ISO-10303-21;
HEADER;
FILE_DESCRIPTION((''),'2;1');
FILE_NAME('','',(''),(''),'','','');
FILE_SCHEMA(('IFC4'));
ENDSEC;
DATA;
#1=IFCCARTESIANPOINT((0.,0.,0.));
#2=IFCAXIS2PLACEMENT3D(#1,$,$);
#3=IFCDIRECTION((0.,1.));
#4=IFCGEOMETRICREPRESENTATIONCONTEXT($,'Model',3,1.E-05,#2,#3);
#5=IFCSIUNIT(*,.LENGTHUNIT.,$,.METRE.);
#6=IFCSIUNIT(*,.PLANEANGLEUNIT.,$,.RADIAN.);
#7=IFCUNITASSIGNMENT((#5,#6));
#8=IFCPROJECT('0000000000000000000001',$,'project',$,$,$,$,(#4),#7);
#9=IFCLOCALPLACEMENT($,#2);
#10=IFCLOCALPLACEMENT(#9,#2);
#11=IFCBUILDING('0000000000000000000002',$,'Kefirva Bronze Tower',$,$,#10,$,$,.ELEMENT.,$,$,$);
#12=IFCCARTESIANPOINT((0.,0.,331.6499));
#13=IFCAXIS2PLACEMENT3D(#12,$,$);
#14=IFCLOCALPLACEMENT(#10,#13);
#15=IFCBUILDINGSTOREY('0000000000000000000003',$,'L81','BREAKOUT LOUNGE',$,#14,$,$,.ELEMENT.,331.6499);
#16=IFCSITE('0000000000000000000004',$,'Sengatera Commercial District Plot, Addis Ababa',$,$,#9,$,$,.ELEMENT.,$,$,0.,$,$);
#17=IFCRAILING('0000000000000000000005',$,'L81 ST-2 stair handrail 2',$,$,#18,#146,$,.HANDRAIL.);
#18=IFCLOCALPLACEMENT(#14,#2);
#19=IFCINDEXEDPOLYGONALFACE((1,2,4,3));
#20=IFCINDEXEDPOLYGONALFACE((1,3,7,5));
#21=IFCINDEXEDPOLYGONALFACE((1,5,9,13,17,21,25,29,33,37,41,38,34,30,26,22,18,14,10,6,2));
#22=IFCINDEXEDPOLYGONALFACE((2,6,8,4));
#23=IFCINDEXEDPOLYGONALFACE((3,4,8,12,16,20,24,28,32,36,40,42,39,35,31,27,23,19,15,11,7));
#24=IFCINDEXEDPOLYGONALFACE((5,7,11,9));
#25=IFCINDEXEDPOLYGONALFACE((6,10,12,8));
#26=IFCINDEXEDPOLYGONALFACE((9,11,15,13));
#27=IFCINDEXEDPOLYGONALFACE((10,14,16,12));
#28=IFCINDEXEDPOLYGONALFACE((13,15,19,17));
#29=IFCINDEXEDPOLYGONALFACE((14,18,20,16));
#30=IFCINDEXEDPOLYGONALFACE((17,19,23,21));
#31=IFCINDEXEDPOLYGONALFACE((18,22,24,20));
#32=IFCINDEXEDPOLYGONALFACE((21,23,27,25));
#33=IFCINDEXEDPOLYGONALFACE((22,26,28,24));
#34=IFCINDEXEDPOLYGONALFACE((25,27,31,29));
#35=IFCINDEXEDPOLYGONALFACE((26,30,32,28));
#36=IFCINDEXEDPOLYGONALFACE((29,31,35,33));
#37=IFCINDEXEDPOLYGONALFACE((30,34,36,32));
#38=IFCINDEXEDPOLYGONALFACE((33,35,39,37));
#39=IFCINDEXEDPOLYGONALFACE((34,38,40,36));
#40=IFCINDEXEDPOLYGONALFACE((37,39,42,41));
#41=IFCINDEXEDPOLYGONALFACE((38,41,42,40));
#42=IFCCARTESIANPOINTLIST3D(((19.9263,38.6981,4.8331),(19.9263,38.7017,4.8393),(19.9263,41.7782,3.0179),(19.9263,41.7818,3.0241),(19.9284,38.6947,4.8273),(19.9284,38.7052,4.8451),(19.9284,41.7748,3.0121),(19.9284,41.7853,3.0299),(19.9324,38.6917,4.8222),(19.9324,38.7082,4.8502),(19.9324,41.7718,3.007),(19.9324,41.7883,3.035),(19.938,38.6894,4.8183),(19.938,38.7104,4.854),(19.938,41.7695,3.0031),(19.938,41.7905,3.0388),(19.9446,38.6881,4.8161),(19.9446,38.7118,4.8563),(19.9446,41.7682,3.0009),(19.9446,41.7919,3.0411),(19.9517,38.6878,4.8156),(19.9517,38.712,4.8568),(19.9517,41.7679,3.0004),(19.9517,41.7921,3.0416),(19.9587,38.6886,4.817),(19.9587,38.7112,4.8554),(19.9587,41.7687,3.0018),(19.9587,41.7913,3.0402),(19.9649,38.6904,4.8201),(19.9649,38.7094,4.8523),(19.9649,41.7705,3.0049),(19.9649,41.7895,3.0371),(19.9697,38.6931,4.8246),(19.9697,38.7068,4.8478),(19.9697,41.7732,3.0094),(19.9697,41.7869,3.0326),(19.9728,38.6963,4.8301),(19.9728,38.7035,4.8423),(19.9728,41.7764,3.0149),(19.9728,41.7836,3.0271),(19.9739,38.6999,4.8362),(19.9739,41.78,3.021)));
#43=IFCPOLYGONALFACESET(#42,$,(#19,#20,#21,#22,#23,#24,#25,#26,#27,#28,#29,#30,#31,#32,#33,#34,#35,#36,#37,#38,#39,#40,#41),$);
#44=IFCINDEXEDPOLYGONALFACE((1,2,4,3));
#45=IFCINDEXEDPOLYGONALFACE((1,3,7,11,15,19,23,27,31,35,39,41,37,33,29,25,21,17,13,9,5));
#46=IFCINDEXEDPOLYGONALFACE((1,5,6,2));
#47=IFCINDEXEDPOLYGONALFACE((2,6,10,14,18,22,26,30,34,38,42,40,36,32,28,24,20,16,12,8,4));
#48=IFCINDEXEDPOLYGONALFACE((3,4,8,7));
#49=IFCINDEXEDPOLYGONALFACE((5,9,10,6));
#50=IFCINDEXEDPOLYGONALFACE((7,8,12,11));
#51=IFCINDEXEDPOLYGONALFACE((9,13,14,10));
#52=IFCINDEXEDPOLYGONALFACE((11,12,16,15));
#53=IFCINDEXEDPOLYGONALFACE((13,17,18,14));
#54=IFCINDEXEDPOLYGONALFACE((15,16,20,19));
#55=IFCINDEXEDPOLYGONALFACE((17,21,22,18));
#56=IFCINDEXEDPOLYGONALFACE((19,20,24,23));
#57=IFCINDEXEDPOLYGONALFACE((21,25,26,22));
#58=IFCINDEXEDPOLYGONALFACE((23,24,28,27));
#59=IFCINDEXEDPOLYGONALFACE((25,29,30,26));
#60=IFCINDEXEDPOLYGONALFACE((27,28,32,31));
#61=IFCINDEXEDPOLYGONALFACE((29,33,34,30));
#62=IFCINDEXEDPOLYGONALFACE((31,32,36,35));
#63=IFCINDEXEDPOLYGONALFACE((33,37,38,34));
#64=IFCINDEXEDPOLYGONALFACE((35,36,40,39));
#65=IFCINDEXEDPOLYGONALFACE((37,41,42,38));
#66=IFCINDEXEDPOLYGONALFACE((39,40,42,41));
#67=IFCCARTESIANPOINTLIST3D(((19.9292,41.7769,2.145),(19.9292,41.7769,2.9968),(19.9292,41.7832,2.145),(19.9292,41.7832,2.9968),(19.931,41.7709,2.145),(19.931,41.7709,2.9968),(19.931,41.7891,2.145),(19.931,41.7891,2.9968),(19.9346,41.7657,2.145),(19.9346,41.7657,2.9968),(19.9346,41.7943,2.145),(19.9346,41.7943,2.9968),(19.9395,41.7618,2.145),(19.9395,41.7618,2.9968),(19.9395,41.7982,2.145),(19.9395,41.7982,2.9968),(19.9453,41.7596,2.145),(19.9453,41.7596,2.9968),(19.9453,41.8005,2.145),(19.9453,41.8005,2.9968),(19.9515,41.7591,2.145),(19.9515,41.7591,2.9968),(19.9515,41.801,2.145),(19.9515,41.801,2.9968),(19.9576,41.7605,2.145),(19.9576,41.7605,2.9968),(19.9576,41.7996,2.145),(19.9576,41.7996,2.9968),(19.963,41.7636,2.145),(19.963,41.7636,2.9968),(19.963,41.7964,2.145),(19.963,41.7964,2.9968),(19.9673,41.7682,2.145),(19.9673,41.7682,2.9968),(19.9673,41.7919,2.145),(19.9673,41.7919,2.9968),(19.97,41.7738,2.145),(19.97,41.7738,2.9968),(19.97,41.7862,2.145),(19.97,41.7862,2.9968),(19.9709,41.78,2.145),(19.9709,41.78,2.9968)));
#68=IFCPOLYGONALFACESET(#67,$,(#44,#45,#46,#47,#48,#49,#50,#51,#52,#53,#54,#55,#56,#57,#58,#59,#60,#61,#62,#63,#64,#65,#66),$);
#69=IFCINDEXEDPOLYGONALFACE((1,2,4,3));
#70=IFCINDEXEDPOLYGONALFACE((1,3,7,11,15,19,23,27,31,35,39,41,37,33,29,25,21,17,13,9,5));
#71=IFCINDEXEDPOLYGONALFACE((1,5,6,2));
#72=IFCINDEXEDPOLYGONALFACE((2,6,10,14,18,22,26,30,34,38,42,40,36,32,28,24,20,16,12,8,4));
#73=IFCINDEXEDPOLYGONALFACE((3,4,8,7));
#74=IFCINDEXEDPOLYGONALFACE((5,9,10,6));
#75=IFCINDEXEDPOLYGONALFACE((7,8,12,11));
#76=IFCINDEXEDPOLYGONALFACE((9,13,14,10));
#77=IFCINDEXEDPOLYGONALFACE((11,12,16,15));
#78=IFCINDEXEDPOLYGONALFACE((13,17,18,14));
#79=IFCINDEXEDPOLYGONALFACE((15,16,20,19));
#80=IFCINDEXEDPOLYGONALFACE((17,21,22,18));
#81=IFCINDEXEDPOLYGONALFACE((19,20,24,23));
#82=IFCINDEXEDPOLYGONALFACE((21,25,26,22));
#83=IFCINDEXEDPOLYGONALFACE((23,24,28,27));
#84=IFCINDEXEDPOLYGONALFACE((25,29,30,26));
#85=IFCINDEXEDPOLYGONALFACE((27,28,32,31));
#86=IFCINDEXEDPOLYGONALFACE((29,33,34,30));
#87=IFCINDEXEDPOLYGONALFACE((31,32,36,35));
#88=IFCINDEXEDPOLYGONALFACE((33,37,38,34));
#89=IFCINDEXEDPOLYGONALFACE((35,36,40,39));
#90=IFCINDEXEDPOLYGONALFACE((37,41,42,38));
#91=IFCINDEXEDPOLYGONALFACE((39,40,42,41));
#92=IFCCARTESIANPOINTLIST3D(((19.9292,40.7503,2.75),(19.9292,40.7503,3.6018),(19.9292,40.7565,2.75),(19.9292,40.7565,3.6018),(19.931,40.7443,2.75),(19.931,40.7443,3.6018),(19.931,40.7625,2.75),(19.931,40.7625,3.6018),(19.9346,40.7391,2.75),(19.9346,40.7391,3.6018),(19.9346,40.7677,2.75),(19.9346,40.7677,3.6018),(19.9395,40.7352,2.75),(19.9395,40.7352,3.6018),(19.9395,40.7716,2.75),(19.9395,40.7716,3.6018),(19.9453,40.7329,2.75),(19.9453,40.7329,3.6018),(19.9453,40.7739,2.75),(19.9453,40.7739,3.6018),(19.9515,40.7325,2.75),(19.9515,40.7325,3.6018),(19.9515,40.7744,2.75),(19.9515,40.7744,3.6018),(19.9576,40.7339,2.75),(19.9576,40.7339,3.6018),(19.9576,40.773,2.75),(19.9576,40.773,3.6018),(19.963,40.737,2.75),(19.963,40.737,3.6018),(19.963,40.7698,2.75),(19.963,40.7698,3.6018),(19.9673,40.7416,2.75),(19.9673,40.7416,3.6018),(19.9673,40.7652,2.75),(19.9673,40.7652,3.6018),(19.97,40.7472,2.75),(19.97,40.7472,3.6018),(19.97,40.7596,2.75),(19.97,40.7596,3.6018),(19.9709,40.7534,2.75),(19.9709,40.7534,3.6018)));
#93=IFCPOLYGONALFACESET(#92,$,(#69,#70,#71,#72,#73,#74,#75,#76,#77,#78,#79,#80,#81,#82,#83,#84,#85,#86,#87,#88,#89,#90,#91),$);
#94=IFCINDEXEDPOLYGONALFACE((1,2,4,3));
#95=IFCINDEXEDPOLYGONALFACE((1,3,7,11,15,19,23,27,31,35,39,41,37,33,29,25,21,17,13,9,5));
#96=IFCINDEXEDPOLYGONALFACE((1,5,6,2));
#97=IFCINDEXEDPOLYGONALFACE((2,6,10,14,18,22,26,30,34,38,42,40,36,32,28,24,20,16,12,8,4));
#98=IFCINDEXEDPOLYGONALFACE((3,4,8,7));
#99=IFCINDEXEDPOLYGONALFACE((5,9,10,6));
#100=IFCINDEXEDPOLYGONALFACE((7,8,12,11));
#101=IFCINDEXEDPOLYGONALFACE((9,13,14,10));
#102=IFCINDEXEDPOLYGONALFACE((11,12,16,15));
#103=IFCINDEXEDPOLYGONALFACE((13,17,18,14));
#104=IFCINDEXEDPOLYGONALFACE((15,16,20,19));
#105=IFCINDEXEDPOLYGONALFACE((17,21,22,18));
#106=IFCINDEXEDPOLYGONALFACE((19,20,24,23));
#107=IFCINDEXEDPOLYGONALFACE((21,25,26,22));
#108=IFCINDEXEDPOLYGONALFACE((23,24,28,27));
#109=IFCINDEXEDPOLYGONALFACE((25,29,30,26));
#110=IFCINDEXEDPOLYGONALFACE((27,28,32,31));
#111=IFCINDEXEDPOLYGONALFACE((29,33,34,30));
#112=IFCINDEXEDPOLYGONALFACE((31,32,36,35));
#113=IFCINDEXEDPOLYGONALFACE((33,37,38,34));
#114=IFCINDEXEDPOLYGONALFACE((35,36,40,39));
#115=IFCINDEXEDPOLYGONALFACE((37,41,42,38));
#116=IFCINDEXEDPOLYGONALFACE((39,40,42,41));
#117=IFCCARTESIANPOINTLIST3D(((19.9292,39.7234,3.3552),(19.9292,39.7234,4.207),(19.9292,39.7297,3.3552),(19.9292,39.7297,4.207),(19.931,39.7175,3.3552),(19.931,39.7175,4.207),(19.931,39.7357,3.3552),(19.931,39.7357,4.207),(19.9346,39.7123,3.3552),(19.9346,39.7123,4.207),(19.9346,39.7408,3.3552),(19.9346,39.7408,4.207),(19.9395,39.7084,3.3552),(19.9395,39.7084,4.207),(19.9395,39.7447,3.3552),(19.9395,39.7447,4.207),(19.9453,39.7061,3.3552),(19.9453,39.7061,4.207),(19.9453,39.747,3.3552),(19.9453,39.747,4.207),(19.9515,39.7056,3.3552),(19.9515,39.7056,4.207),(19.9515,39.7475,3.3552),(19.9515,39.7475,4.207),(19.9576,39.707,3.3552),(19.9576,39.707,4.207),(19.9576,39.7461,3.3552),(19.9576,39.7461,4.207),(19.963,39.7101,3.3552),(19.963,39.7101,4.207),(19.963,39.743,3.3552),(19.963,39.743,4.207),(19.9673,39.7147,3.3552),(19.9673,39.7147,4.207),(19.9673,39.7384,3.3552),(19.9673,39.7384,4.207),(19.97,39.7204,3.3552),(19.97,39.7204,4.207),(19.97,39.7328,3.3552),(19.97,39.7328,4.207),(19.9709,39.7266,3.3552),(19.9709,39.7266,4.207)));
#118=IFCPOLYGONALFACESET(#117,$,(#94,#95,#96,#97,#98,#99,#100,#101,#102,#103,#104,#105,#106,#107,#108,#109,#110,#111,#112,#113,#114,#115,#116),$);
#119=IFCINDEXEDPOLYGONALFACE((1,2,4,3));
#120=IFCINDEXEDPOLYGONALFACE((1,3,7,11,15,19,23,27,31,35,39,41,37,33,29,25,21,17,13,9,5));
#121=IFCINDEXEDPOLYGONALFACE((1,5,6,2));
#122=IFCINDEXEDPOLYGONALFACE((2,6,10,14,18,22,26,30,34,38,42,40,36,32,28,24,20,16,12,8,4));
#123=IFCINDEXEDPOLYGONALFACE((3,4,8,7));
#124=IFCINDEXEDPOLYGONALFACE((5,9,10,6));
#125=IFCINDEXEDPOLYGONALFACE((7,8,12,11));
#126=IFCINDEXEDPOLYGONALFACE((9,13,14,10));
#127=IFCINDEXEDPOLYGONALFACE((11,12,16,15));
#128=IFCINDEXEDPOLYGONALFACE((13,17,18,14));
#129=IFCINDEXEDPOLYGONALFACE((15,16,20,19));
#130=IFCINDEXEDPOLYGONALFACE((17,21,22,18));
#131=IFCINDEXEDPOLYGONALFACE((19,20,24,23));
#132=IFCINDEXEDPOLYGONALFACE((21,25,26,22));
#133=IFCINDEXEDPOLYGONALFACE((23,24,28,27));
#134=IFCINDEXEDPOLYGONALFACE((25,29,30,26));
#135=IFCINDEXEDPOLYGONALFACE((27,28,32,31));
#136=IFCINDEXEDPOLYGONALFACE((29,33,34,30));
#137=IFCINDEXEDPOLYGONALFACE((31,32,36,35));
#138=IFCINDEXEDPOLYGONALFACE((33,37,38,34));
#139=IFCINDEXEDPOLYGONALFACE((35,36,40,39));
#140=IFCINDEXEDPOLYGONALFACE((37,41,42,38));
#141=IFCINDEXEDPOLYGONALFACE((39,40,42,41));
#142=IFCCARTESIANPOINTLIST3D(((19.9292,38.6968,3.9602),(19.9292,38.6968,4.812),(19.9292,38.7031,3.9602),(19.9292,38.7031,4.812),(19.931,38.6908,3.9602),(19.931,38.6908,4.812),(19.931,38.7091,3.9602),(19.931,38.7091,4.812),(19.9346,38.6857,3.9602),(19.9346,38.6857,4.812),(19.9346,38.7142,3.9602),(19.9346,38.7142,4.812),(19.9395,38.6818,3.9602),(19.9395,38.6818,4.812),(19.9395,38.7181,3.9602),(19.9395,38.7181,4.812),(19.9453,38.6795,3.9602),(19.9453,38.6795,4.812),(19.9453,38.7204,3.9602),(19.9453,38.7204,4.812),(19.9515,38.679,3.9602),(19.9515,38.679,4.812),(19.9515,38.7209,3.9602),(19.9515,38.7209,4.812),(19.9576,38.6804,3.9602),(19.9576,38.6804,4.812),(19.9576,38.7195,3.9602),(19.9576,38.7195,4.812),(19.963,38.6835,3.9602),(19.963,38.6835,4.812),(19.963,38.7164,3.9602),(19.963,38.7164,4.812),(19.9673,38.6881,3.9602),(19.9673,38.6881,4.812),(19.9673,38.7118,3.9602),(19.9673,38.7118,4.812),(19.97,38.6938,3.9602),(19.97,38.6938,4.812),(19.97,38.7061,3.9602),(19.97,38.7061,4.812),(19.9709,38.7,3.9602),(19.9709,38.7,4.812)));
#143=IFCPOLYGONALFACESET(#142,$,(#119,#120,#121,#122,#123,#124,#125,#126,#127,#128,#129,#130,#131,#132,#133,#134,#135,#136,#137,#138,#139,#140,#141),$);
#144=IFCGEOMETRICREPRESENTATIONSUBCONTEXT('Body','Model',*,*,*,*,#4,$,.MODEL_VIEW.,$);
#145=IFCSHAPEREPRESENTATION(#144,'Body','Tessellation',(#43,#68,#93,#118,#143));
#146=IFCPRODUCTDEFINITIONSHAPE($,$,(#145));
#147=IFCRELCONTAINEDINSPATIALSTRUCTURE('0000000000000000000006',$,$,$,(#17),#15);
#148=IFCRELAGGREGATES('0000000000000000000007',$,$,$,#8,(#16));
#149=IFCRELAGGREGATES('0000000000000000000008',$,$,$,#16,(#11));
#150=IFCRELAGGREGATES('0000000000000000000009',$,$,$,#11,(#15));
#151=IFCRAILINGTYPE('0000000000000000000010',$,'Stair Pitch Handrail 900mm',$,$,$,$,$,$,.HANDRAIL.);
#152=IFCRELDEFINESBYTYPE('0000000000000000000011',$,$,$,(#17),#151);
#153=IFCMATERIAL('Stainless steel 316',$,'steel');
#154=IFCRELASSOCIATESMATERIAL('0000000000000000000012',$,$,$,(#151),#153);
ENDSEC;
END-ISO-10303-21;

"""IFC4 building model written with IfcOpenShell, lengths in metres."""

from ifc_helpers import new_model, si_unit, direction, frame, origin, origin_2d, place, context, subcontext, project, spatial, circle, extrude, material, type_object, element, save


model = new_model("IFC4")

# Units and contexts
model_context = context("Model", 3, precision=1e-05, world=origin(), true_north=direction((0.0, 1.0)))
body_context = subcontext(model_context, "Body", "Model", "MODEL_VIEW")
ifc_project = project(units=[si_unit("LENGTHUNIT", "METRE"), si_unit("PLANEANGLEUNIT", "RADIAN")], contexts=[model_context])

# Site, building, storey
site_placement = place(None, origin())
site = spatial("IfcSite", under=ifc_project, at=site_placement, Name="Sengatera Commercial District Plot, Addis Ababa", CompositionType="ELEMENT", RefElevation=0.0)
building_placement = place(site_placement, origin())
building = spatial("IfcBuilding", under=site, at=building_placement, Name="Kefirva Bronze Tower", CompositionType="ELEMENT")
storey_placement = place(building_placement, frame((0.0, 0.0, 331.6499)))
storey = spatial("IfcBuildingStorey", under=building, at=storey_placement, Name="L81", Description="BREAKOUT LOUNGE", CompositionType="ELEMENT", Elevation=331.6499)

# Shared definitions
ifc_material_1 = material(Name="Stainless steel 316", Category="steel")

# Railing
railing_type_1 = type_object("IfcRailingType", Name="Stair Pitch Handrail 900mm", PredefinedType="HANDRAIL", material=ifc_material_1)
railing_1_placement = place(storey_placement, frame((19.95, 41.78, 2.145)))
element("IfcRailing", 1, at=railing_1_placement, inside=storey, type_object=railing_type_1, Name="L81 ST-2 stair handrail 2", PredefinedType="HANDRAIL", context=body_context, shape_type="SweptSolid", body=[
    extrude(circle(Radius=0.0239, at=origin_2d()), frame((0.0, 0.0, 0.876), z_axis=(0.0, -0.861521, 0.507721), x_axis=(1.0, 0.0, 0.0)), (0.0, 0.0, 1.0), 3.5752),
    extrude(circle(Radius=0.021, at=origin_2d()), origin(), (0.0, 0.0, 1.0), 0.8518),
    extrude(circle(Radius=0.021, at=origin_2d()), frame((0.0, -1.0266, 0.605)), (0.0, 0.0, 1.0), 0.8518),
    extrude(circle(Radius=0.021, at=origin_2d()), frame((0.0, -2.0535, 1.2102)), (0.0, 0.0, 1.0), 0.8518),
    extrude(circle(Radius=0.021, at=origin_2d()), frame((0.0, -3.0801, 1.8152)), (0.0, 0.0, 1.0), 0.8518),
])

save(model, "model.ifc")
